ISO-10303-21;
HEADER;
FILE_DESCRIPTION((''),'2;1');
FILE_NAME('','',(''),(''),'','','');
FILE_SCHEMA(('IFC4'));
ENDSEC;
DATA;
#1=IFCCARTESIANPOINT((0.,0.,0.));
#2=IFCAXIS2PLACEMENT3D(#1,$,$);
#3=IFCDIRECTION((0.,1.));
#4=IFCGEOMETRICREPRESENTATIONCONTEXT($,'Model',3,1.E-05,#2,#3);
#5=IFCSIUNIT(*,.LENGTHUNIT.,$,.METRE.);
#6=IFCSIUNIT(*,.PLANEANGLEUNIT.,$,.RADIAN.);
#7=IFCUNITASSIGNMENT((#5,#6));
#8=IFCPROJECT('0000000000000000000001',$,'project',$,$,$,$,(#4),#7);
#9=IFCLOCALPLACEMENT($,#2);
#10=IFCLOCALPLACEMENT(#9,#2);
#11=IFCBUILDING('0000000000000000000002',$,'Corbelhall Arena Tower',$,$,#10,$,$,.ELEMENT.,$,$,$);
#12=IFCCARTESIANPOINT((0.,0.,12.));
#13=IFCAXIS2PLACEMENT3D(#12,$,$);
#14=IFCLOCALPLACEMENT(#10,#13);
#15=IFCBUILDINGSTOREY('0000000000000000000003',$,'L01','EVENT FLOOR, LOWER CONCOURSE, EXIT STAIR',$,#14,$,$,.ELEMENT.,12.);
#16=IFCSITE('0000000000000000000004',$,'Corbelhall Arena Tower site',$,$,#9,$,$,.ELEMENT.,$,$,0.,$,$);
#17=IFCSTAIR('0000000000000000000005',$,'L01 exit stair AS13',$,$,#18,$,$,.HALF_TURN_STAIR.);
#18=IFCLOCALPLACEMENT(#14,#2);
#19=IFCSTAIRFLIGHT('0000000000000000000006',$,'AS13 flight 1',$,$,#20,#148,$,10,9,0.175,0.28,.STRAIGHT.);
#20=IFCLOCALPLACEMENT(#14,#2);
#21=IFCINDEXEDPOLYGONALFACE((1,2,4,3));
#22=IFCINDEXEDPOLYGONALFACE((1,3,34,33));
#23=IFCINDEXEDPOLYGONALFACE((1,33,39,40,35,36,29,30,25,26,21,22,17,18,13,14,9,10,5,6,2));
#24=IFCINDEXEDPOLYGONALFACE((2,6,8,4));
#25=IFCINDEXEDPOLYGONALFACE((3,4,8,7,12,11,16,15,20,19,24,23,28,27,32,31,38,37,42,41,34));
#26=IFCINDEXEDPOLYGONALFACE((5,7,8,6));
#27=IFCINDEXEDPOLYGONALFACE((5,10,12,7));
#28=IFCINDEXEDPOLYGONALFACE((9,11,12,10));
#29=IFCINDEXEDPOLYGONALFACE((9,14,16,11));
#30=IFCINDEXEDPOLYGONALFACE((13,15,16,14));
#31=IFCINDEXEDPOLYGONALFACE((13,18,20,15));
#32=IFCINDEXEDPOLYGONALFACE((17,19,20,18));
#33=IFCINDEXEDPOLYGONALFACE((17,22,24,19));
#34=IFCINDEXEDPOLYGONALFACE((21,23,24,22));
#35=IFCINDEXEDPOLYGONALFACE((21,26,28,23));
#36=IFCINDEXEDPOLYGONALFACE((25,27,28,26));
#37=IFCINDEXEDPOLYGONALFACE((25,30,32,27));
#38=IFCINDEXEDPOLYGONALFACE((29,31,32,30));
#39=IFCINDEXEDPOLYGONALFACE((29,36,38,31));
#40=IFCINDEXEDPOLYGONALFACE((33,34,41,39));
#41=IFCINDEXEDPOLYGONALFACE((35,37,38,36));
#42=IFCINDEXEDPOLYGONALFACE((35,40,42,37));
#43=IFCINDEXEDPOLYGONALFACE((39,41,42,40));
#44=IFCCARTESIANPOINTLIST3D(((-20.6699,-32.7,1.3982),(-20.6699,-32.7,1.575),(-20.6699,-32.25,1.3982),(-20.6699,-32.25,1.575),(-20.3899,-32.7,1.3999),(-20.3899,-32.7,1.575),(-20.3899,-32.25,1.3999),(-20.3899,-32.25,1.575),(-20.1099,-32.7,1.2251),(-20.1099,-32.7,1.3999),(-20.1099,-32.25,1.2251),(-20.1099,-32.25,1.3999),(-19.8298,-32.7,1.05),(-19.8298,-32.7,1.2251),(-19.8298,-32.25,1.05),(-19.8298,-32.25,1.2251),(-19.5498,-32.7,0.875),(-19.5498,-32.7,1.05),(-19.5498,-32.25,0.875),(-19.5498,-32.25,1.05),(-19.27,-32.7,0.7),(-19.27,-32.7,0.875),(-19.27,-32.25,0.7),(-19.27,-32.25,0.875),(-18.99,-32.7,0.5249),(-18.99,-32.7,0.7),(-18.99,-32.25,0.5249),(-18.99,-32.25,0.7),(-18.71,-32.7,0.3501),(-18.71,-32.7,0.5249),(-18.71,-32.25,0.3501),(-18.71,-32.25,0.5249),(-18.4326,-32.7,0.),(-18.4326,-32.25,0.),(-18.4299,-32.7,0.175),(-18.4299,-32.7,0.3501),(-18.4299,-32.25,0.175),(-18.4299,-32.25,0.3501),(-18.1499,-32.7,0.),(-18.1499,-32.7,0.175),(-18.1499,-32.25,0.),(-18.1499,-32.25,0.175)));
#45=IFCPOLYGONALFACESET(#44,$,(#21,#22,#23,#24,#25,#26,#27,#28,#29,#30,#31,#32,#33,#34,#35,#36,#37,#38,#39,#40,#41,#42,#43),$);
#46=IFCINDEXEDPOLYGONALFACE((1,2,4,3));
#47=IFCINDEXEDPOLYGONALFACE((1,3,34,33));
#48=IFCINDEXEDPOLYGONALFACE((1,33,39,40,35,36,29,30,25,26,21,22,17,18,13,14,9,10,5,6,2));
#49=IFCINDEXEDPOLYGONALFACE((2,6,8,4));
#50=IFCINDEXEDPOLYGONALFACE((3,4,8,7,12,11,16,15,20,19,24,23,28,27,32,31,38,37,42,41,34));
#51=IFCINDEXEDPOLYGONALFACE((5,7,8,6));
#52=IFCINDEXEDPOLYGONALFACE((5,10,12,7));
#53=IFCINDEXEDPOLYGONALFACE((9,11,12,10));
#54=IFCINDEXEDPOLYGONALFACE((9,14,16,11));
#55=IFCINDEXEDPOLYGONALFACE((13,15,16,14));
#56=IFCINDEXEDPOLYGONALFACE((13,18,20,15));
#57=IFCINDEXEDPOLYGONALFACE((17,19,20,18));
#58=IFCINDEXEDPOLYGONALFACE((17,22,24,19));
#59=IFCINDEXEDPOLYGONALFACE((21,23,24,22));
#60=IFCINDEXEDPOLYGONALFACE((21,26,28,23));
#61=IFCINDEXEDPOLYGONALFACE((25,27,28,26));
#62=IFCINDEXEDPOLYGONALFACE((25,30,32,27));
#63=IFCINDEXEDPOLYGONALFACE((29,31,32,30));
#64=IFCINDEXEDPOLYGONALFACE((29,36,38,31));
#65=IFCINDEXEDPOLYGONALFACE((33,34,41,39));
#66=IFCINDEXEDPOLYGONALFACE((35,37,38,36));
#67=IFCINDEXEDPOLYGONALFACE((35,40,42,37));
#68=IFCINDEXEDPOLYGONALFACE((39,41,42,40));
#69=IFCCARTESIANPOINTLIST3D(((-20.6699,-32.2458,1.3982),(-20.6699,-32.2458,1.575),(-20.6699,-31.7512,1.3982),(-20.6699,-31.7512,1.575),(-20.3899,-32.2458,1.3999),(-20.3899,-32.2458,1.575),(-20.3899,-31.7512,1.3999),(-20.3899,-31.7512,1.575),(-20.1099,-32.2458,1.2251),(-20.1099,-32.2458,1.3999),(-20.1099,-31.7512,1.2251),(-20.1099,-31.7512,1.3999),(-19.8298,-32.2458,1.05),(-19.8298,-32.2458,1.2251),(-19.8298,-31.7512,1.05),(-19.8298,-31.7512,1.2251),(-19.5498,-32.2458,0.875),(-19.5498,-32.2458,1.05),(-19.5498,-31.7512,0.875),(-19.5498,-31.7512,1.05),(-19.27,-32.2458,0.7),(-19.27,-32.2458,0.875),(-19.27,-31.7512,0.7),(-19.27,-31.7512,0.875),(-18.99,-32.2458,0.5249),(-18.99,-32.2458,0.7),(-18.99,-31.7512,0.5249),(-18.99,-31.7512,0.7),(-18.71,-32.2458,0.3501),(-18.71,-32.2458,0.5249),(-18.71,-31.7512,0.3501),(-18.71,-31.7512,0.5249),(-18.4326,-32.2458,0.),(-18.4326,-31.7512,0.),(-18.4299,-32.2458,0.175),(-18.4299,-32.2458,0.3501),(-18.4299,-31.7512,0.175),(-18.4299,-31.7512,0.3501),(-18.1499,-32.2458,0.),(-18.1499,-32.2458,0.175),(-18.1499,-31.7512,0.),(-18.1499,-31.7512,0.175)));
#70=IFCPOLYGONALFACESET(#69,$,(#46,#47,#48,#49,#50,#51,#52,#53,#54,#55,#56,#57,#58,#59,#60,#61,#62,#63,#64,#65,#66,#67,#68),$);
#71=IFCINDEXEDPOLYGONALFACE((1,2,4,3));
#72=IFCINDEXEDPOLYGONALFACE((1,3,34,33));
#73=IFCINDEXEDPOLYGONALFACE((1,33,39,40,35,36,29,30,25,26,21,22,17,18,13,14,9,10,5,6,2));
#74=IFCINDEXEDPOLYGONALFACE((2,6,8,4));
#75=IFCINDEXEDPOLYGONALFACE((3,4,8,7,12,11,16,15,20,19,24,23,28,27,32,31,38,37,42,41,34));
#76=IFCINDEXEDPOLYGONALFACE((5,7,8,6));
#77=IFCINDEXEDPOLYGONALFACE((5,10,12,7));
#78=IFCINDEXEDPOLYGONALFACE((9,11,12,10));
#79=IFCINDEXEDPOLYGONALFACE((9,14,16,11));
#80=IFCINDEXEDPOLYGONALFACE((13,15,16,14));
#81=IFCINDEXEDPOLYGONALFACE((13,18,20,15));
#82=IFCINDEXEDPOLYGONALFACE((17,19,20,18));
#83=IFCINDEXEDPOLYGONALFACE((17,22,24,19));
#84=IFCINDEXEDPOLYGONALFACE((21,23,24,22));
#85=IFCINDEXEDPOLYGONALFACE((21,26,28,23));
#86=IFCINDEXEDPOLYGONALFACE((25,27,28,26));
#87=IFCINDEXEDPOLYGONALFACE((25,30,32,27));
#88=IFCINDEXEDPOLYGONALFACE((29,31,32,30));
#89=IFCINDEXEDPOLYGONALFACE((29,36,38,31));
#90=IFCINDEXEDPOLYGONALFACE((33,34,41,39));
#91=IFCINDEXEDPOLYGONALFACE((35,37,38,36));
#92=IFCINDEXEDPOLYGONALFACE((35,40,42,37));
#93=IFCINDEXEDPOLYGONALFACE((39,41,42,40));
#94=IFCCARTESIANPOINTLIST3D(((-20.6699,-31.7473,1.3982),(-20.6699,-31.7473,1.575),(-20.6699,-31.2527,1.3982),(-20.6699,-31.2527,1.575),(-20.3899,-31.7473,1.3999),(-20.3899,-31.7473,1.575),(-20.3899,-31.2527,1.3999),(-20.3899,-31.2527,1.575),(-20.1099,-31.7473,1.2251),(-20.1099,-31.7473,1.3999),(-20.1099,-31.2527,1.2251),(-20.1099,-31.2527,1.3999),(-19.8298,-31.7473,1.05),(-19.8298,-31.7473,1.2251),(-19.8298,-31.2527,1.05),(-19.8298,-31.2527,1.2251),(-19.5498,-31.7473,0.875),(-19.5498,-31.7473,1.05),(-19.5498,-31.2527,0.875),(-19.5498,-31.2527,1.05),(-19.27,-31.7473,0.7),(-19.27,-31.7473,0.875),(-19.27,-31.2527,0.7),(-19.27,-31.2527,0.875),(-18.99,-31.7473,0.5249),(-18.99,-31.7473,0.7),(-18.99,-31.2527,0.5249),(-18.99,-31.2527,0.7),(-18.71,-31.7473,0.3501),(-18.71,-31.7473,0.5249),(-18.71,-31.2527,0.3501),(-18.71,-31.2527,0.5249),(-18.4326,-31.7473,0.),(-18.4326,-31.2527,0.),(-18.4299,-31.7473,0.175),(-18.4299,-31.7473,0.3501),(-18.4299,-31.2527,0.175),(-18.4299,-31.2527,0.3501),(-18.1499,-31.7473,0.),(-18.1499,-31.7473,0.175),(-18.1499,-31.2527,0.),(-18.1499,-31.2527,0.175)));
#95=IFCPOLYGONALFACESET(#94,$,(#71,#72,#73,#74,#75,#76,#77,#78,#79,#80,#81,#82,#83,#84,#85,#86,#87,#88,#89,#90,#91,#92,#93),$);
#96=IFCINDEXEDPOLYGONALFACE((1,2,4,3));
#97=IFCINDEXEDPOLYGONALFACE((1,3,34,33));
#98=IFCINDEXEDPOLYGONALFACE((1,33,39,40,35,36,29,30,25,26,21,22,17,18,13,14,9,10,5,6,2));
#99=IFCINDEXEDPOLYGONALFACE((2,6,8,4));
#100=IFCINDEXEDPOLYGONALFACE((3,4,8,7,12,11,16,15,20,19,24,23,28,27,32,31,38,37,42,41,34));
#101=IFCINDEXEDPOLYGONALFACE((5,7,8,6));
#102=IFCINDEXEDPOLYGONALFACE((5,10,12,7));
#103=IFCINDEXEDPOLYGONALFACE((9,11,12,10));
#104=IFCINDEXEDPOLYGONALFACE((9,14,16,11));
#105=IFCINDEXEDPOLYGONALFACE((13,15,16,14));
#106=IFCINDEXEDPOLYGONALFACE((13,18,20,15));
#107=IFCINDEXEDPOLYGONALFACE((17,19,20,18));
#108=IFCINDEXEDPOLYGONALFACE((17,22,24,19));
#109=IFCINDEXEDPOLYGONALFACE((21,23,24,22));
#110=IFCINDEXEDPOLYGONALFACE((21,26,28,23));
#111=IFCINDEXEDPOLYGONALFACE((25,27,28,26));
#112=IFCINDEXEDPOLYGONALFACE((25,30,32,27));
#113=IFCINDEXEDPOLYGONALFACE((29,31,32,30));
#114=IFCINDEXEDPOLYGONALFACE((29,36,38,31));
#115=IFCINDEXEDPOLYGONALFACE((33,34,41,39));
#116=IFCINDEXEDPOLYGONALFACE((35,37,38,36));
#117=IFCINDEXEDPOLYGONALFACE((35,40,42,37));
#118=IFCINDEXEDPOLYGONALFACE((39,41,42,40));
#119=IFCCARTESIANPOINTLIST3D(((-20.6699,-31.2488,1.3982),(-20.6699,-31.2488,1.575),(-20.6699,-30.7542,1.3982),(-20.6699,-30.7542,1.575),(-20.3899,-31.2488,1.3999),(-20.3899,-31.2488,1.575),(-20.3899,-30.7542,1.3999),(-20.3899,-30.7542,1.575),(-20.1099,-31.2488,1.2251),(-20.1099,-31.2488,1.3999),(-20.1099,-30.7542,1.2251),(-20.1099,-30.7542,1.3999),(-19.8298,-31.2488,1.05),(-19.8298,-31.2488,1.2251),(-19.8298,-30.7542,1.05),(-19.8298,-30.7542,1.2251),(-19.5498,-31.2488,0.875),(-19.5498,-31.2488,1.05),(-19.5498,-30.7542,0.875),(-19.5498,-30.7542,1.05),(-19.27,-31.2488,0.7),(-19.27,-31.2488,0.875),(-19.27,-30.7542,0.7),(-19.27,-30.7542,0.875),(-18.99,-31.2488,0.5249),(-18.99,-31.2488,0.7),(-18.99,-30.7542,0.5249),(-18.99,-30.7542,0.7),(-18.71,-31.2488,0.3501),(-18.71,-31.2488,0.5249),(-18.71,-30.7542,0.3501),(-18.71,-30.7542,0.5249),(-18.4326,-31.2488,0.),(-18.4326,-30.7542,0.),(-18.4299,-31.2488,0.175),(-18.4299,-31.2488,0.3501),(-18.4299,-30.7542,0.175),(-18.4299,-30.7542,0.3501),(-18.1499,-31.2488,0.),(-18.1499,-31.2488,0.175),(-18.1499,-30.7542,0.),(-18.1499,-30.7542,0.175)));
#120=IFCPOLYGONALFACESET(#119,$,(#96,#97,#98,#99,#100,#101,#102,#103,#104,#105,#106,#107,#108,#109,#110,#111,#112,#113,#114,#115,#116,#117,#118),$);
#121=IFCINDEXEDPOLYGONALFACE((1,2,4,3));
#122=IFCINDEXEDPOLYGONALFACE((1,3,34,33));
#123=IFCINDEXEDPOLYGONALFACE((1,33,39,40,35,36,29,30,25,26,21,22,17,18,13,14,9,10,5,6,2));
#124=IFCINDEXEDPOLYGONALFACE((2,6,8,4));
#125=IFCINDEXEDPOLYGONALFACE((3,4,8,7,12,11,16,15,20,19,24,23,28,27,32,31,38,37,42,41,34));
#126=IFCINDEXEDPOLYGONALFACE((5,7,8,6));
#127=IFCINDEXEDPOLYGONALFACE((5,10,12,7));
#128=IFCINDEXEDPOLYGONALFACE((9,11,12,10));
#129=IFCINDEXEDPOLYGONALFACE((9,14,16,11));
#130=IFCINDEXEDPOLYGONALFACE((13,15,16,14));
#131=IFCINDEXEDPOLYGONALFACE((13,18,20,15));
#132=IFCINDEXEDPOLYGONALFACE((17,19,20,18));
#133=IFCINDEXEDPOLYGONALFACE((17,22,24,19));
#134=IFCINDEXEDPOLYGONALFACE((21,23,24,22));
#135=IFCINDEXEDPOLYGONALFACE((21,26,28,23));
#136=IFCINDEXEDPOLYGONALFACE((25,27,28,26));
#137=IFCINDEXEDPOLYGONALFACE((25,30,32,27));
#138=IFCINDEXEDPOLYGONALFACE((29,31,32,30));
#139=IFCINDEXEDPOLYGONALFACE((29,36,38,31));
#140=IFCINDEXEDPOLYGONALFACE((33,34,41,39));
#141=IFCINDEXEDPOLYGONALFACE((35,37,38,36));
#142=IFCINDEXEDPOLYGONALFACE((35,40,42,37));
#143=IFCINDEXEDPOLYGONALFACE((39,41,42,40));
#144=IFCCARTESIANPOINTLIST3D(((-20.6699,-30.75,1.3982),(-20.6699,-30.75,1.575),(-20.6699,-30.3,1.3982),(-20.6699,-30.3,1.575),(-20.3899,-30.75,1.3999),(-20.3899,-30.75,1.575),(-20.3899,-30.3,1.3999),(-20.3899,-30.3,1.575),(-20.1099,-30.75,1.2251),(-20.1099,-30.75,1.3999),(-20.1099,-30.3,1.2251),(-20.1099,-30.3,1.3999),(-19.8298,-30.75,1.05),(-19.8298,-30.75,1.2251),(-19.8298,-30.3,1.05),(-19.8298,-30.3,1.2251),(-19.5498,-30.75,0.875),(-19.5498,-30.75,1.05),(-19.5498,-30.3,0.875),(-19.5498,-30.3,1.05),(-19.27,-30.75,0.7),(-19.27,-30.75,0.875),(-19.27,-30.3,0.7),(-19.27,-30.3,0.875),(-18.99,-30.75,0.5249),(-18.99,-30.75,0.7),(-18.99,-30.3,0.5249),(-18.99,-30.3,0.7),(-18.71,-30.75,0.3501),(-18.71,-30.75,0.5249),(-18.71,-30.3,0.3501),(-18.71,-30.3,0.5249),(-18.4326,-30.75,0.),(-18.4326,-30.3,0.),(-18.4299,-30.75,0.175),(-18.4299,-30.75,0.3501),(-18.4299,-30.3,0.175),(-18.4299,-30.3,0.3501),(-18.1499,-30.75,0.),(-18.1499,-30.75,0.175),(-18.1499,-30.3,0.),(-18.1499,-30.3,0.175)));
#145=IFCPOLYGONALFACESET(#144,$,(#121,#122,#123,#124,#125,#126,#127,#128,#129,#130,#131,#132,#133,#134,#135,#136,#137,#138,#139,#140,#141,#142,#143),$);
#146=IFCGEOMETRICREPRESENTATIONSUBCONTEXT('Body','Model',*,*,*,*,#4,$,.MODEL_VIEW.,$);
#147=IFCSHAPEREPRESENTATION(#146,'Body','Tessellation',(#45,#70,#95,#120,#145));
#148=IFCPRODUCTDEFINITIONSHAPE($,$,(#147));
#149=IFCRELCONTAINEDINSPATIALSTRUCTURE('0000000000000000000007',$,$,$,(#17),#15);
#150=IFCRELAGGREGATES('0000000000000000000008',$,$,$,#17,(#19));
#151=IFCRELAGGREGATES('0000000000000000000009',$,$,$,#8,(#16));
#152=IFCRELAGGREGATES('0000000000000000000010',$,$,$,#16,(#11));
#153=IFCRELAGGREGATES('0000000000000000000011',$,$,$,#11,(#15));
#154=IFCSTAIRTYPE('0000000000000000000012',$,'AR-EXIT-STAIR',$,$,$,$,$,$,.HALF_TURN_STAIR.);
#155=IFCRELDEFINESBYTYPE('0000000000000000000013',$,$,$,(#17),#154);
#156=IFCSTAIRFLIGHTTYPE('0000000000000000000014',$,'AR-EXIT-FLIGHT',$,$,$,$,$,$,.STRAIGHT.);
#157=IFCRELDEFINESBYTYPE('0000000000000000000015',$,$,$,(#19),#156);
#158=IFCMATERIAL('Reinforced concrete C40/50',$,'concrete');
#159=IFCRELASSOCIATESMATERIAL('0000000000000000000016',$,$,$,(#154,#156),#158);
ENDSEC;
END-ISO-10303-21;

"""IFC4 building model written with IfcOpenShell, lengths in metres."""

from ifc_helpers import new_model, si_unit, direction, frame, origin, place, context, subcontext, project, spatial, polyline, outline, extrude, material, type_object, element, aggregate, save


model = new_model("IFC4")

# Units and contexts
model_context = context("Model", 3, precision=1e-05, world=origin(), true_north=direction((0.0, 1.0)))
body_context = subcontext(model_context, "Body", "Model", "MODEL_VIEW")
ifc_project = project(units=[si_unit("LENGTHUNIT", "METRE"), si_unit("PLANEANGLEUNIT", "RADIAN")], contexts=[model_context])

# Site, building, storey
site_placement = place(None, origin())
site = spatial("IfcSite", under=ifc_project, at=site_placement, Name="Corbelhall Arena Tower site", CompositionType="ELEMENT", RefElevation=0.0)
building_placement = place(site_placement, origin())
building = spatial("IfcBuilding", under=site, at=building_placement, Name="Corbelhall Arena Tower", CompositionType="ELEMENT")
storey_placement = place(building_placement, frame((0.0, 0.0, 12.0)))
storey = spatial("IfcBuildingStorey", under=building, at=storey_placement, Name="L01", Description="EVENT FLOOR, LOWER CONCOURSE, EXIT STAIR", CompositionType="ELEMENT", Elevation=12.0)

# Shared definitions
ifc_material_1 = material(Name="Reinforced concrete C40/50", Category="concrete")

# Stair, stair flight
stair_type = type_object("IfcStairType", Name="AR-EXIT-STAIR", PredefinedType="HALF_TURN_STAIR", material=ifc_material_1)
stair_placement = place(storey_placement, origin())
stair = element("IfcStair", 1, at=stair_placement, inside=storey, type_object=stair_type, Name="L01 exit stair AS13", PredefinedType="HALF_TURN_STAIR")
stair_flight_type = type_object("IfcStairFlightType", Name="AR-EXIT-FLIGHT", PredefinedType="STRAIGHT", material=ifc_material_1)
stair_flight_1_placement = place(storey_placement, frame((-18.1499, -31.5, 0.0), z_axis=(0.0, 0.0, 1.0), x_axis=(-1.0, 0.0, 0.0)))
stair_flight_1 = element("IfcStairFlight", 2, at=stair_flight_1_placement, type_object=stair_flight_type, Name="AS13 flight 1", NumberOfRisers=10, NumberOfTreads=9, PredefinedType="STRAIGHT", RiserHeight=0.175, TreadLength=0.28, context=body_context, shape_type="SweptSolid", body=[
    extrude(outline(polyline([(0.0, 0.0), (0.0, 0.175), (0.28, 0.175), (0.28, 0.3501), (0.5601, 0.3501), (0.5601, 0.5249), (0.8401, 0.5249), (0.8401, 0.7), (1.1201, 0.7), (1.1201, 0.875), (1.3999, 0.875), (1.3999, 1.05), (1.6799, 1.05), (1.6799, 1.2251), (1.96, 1.2251), (1.96, 1.3999), (2.24, 1.3999), (2.24, 1.575), (2.52, 1.575), (2.52, 1.75), (2.52, 1.3982), (0.2827, 0.0), (0.0, 0.0)])), frame((0.0, 1.2, 0.0), z_axis=(0.0, -1.0, 0.0), x_axis=(1.0, 0.0, 0.0)), (0.0, 0.0, 1.0), 0.45),
    extrude(outline(polyline([(0.0, 0.0), (0.0, 0.175), (0.28, 0.175), (0.28, 0.3501), (0.5601, 0.3501), (0.5601, 0.5249), (0.8401, 0.5249), (0.8401, 0.7), (1.1201, 0.7), (1.1201, 0.875), (1.3999, 0.875), (1.3999, 1.05), (1.6799, 1.05), (1.6799, 1.2251), (1.96, 1.2251), (1.96, 1.3999), (2.24, 1.3999), (2.24, 1.575), (2.52, 1.575), (2.52, 1.75), (2.52, 1.3982), (0.2827, 0.0), (0.0, 0.0)])), frame((0.0, 0.7458, 0.0), z_axis=(0.0, -1.0, 0.0), x_axis=(1.0, 0.0, 0.0)), (0.0, 0.0, 1.0), 0.4946),
    extrude(outline(polyline([(0.0, 0.0), (0.0, 0.175), (0.28, 0.175), (0.28, 0.3501), (0.5601, 0.3501), (0.5601, 0.5249), (0.8401, 0.5249), (0.8401, 0.7), (1.1201, 0.7), (1.1201, 0.875), (1.3999, 0.875), (1.3999, 1.05), (1.6799, 1.05), (1.6799, 1.2251), (1.96, 1.2251), (1.96, 1.3999), (2.24, 1.3999), (2.24, 1.575), (2.52, 1.575), (2.52, 1.75), (2.52, 1.3982), (0.2827, 0.0), (0.0, 0.0)])), frame((0.0, 0.2473, 0.0), z_axis=(0.0, -1.0, 0.0), x_axis=(1.0, 0.0, 0.0)), (0.0, 0.0, 1.0), 0.4946),
    extrude(outline(polyline([(0.0, 0.0), (0.0, 0.175), (0.28, 0.175), (0.28, 0.3501), (0.5601, 0.3501), (0.5601, 0.5249), (0.8401, 0.5249), (0.8401, 0.7), (1.1201, 0.7), (1.1201, 0.875), (1.3999, 0.875), (1.3999, 1.05), (1.6799, 1.05), (1.6799, 1.2251), (1.96, 1.2251), (1.96, 1.3999), (2.24, 1.3999), (2.24, 1.575), (2.52, 1.575), (2.52, 1.75), (2.52, 1.3982), (0.2827, 0.0), (0.0, 0.0)])), frame((0.0, -0.2512, 0.0), z_axis=(0.0, -1.0, 0.0), x_axis=(1.0, 0.0, 0.0)), (0.0, 0.0, 1.0), 0.4946),
    extrude(outline(polyline([(0.0, 0.0), (0.0, 0.175), (0.28, 0.175), (0.28, 0.3501), (0.5601, 0.3501), (0.5601, 0.5249), (0.8401, 0.5249), (0.8401, 0.7), (1.1201, 0.7), (1.1201, 0.875), (1.3999, 0.875), (1.3999, 1.05), (1.6799, 1.05), (1.6799, 1.2251), (1.96, 1.2251), (1.96, 1.3999), (2.24, 1.3999), (2.24, 1.575), (2.52, 1.575), (2.52, 1.75), (2.52, 1.3982), (0.2827, 0.0), (0.0, 0.0)])), frame((0.0, -0.75, 0.0), z_axis=(0.0, -1.0, 0.0), x_axis=(1.0, 0.0, 0.0)), (0.0, 0.0, 1.0), 0.45),
])
aggregate(stair, [stair_flight_1])

save(model, "model.ifc")
